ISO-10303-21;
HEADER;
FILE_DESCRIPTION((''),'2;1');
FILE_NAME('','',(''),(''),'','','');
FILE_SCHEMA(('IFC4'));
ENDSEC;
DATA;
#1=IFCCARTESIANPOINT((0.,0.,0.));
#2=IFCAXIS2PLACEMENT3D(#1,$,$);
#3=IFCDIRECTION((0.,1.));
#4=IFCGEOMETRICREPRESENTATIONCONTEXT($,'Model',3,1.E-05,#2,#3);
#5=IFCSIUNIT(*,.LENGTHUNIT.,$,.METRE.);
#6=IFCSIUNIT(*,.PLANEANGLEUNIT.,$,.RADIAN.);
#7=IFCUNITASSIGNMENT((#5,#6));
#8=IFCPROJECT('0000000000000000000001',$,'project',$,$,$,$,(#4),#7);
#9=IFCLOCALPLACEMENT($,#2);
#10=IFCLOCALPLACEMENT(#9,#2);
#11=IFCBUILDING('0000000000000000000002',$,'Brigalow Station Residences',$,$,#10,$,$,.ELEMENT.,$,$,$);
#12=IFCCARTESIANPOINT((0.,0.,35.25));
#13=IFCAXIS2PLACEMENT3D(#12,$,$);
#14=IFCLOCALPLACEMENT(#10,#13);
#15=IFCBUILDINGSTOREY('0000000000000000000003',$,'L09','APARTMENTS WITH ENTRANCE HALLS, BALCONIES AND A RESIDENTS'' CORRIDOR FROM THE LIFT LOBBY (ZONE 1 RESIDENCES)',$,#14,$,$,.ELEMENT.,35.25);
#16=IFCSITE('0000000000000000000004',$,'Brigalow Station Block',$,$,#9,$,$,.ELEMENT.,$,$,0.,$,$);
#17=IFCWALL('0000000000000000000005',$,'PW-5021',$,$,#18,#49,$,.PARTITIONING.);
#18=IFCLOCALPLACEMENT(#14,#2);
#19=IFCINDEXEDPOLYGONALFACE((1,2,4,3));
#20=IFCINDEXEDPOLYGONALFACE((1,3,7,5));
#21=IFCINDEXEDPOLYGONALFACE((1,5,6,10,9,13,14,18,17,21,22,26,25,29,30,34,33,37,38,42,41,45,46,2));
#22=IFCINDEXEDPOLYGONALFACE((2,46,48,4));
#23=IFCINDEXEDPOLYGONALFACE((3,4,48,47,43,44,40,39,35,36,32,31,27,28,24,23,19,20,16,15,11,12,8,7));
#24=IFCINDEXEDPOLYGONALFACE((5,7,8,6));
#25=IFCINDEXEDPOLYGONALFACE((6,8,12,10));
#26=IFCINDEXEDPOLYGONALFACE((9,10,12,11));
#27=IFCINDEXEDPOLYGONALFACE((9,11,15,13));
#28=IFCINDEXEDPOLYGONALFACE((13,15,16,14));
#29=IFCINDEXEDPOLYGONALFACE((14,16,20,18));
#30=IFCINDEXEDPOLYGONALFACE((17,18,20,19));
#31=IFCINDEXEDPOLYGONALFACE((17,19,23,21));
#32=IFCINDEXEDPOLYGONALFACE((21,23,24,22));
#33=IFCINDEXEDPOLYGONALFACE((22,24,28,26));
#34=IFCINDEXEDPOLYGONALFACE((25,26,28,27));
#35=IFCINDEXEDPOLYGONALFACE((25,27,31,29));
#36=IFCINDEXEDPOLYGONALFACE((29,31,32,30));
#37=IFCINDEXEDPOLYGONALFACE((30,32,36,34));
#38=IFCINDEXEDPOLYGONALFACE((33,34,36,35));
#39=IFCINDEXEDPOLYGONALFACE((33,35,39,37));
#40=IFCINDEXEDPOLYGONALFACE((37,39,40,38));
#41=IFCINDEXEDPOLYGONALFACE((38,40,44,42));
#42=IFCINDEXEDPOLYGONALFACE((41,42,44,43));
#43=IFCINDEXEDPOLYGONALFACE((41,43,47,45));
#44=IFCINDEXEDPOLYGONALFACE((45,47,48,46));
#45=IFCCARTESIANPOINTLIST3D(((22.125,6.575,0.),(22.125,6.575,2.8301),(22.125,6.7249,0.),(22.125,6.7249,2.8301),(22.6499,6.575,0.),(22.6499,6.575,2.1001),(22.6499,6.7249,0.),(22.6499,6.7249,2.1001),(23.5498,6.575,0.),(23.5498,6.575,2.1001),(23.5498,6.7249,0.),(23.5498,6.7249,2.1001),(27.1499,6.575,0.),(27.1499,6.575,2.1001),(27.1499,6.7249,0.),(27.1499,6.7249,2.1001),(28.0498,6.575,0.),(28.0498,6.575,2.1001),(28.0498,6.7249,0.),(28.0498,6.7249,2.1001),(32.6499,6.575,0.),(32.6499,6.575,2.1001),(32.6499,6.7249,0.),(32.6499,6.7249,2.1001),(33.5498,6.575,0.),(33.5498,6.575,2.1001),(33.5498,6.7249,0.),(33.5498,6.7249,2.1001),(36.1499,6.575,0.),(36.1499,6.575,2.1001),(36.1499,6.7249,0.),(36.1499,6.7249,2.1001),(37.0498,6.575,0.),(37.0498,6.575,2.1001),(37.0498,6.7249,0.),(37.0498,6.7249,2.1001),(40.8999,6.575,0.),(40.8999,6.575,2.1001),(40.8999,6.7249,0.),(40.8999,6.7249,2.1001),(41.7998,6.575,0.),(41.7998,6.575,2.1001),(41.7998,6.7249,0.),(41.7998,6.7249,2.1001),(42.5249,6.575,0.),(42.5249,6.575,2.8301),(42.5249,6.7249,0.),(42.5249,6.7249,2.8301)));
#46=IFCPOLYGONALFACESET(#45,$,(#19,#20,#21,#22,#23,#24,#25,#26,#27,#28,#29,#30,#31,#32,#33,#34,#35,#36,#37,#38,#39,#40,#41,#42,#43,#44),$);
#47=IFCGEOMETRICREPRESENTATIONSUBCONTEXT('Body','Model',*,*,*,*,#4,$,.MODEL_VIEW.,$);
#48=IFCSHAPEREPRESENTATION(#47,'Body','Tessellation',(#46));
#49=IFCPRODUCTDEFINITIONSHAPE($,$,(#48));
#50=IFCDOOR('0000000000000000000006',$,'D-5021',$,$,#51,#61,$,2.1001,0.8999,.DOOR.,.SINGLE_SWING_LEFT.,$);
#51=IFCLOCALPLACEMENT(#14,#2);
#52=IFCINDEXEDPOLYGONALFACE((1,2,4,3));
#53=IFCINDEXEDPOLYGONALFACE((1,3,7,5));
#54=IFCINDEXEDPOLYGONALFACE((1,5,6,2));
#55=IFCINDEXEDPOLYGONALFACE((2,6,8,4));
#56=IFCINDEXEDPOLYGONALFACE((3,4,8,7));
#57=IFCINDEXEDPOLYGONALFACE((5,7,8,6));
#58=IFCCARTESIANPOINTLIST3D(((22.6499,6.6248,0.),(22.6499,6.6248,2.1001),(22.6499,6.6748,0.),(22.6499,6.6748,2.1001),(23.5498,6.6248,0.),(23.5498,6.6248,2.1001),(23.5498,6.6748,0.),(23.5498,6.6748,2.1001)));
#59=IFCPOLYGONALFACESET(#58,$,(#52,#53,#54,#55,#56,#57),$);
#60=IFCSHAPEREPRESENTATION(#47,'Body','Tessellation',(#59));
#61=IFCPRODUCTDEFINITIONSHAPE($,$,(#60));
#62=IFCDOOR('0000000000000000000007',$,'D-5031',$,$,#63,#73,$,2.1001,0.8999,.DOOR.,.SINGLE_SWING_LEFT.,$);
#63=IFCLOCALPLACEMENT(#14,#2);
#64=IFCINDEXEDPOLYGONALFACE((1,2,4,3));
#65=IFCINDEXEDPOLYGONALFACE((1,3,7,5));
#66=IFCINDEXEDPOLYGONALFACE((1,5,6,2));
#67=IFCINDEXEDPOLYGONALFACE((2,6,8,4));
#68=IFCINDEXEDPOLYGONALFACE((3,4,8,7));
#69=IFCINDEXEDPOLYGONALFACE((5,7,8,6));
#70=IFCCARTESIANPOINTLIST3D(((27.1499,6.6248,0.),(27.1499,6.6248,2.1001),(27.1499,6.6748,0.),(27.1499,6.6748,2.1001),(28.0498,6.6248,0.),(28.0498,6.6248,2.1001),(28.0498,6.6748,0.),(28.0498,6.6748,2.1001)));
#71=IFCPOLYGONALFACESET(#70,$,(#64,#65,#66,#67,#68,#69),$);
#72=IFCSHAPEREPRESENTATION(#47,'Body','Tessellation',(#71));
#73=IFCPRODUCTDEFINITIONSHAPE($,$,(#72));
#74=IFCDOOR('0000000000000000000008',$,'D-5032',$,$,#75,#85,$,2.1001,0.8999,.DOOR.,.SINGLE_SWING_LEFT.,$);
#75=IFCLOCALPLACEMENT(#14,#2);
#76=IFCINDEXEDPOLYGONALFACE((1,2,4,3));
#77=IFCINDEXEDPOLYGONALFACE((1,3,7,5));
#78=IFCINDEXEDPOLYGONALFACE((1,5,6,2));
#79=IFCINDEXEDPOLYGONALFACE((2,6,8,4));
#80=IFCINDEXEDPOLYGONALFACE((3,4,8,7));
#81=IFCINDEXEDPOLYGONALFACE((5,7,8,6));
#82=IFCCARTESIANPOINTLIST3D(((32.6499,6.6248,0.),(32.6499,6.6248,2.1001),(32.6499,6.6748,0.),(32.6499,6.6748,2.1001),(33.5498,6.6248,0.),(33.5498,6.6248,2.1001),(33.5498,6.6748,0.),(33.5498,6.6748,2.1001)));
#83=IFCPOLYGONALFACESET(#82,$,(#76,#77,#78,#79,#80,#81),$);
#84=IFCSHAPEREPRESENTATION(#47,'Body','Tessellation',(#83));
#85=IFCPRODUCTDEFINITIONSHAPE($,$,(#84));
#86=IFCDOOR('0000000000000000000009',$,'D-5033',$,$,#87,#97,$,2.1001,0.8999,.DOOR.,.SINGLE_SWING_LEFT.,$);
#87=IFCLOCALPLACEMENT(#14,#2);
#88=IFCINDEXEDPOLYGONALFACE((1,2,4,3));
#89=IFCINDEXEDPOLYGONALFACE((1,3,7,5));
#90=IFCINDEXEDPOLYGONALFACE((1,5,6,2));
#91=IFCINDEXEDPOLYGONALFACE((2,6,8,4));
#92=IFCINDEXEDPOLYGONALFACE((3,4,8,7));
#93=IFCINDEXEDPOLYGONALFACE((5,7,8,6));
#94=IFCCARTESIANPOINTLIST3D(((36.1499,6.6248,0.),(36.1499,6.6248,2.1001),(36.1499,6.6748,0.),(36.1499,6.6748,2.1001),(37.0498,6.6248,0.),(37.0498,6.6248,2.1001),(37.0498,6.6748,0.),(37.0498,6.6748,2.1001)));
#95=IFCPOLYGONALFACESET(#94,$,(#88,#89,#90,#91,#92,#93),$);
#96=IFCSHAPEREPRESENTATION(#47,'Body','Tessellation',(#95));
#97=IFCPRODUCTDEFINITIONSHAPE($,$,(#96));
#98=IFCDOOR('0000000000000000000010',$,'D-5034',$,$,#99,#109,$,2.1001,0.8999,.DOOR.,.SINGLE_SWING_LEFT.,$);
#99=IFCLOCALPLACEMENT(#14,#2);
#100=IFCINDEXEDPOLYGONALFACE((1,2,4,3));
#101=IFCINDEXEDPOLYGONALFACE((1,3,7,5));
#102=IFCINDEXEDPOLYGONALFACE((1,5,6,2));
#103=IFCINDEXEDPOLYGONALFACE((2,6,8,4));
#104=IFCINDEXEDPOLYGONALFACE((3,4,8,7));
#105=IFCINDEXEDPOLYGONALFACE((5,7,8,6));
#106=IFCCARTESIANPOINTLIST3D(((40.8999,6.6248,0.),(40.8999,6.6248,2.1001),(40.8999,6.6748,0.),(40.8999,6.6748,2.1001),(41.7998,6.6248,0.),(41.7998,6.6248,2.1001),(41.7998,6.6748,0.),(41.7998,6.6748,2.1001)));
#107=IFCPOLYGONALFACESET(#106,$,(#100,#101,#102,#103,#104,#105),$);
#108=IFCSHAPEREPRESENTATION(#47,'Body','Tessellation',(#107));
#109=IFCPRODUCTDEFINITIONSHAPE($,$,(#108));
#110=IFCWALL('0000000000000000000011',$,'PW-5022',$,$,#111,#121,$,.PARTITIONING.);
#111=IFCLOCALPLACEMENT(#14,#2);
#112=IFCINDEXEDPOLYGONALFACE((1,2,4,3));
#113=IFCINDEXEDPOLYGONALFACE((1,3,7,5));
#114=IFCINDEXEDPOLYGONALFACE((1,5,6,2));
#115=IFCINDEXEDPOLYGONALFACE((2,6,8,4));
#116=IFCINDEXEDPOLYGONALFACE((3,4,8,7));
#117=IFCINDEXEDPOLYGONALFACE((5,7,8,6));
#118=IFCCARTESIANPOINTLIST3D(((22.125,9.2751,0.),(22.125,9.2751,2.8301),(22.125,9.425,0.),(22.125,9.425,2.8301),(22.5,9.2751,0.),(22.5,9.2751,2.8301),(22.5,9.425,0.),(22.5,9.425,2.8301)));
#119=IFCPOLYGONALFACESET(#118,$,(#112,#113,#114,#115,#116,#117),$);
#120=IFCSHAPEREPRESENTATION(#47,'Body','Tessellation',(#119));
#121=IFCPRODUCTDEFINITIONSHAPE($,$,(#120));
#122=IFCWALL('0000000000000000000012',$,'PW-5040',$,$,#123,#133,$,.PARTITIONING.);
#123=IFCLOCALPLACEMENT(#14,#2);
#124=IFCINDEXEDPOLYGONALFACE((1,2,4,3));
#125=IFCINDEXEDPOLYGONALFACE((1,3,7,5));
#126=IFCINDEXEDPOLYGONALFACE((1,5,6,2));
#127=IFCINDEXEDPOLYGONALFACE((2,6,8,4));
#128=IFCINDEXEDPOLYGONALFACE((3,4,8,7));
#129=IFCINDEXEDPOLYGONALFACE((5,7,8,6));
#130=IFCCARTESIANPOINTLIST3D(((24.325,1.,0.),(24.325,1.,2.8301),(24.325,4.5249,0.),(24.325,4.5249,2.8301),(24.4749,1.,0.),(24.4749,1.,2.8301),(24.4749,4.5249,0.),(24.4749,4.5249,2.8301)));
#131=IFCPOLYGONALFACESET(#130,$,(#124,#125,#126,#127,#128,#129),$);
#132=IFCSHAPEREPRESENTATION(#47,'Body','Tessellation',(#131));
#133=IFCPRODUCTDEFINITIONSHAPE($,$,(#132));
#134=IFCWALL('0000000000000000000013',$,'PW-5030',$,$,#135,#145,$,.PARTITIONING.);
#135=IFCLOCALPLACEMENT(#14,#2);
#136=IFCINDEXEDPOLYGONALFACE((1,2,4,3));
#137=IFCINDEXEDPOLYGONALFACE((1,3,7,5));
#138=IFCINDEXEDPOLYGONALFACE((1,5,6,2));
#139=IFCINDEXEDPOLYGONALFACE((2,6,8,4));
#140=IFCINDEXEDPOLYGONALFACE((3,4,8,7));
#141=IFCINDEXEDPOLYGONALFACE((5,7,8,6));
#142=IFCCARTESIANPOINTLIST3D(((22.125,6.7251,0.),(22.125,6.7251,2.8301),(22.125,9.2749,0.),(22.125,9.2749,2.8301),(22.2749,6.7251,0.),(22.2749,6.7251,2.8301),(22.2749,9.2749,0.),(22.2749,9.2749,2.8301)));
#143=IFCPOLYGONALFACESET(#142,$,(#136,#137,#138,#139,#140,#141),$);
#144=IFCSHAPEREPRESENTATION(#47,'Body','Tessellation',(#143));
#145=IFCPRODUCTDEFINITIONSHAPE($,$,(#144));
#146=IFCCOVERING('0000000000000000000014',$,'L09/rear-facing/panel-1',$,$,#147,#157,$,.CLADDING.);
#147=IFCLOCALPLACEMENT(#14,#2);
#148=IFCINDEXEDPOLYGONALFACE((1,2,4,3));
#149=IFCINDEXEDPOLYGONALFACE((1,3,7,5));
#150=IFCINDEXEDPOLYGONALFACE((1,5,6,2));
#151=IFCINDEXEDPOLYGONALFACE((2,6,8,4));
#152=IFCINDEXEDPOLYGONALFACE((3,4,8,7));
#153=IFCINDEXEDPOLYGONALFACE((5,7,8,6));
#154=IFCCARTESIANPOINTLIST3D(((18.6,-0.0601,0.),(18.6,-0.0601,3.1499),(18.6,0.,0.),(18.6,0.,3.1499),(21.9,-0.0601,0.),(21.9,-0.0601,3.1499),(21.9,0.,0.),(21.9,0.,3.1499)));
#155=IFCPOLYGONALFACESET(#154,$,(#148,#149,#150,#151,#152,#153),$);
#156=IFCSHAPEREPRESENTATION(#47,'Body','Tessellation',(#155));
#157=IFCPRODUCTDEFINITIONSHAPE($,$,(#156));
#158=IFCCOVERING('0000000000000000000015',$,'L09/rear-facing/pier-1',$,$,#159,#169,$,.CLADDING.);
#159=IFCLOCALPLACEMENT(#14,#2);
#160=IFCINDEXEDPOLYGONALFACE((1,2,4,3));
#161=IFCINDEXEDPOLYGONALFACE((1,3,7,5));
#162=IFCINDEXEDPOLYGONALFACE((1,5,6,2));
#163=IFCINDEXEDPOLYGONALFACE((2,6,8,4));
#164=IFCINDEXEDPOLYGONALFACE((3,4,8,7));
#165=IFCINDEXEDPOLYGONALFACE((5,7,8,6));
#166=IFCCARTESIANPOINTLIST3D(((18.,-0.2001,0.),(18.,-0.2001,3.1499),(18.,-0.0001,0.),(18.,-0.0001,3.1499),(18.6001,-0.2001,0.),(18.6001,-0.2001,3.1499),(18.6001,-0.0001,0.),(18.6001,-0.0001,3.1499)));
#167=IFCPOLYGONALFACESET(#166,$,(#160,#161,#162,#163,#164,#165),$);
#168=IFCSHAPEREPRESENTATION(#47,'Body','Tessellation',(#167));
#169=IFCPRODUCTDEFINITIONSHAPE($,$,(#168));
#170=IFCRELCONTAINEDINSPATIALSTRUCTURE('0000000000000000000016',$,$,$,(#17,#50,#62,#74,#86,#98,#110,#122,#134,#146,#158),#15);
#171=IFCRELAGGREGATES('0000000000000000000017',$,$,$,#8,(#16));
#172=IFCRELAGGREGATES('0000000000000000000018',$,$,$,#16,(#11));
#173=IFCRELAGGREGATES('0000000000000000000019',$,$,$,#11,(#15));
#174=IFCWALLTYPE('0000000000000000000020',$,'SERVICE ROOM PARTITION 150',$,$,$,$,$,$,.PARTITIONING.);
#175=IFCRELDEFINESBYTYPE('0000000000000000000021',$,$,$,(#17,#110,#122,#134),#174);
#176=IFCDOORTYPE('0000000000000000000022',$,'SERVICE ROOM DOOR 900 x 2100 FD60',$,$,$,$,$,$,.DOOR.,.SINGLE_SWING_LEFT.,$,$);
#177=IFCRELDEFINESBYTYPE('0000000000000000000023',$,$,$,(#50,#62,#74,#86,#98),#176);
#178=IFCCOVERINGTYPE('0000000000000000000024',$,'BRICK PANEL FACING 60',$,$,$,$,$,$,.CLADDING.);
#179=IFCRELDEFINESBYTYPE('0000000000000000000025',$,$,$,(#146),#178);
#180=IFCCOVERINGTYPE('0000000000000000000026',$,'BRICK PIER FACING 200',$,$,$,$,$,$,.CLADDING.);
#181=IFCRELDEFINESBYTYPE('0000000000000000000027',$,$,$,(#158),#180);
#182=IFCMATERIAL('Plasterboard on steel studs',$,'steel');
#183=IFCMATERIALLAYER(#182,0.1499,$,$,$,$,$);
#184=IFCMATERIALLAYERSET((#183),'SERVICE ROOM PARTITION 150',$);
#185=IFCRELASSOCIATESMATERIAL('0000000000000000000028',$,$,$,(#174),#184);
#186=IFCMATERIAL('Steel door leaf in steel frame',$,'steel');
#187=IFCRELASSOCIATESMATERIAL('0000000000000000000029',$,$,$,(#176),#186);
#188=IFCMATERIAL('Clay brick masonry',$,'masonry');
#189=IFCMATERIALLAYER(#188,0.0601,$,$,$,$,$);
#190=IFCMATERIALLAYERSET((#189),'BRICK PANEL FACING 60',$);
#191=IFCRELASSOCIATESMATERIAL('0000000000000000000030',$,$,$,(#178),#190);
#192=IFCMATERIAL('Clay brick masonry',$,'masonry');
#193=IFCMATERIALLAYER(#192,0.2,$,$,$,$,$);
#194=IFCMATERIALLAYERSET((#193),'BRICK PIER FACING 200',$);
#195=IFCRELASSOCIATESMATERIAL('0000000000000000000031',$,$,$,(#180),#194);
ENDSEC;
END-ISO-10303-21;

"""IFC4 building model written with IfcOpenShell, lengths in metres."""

from ifc_helpers import new_model, si_unit, direction, frame, frame_2d, origin, origin_2d, place, context, subcontext, project, spatial, rectangle, extrude, material, layer, layer_set, type_object, element, fill, save


model = new_model("IFC4")

# Units and contexts
model_context = context("Model", 3, precision=1e-05, world=origin(), true_north=direction((0.0, 1.0)))
body_context = subcontext(model_context, "Body", "Model", "MODEL_VIEW")
ifc_project = project(units=[si_unit("LENGTHUNIT", "METRE"), si_unit("PLANEANGLEUNIT", "RADIAN")], contexts=[model_context])

# Site, building, storey
site_placement = place(None, origin())
site = spatial("IfcSite", under=ifc_project, at=site_placement, Name="Brigalow Station Block", CompositionType="ELEMENT", RefElevation=0.0)
building_placement = place(site_placement, origin())
building = spatial("IfcBuilding", under=site, at=building_placement, Name="Brigalow Station Residences", CompositionType="ELEMENT")
storey_placement = place(building_placement, frame((0.0, 0.0, 35.25)))
storey = spatial("IfcBuildingStorey", under=building, at=storey_placement, Name="L09", Description="APARTMENTS WITH ENTRANCE HALLS, BALCONIES AND A RESIDENTS' CORRIDOR FROM THE LIFT LOBBY (ZONE 1 RESIDENCES)", CompositionType="ELEMENT", Elevation=35.25)

# Wall, openings, doors
ifc_material_1 = material(Name="Plasterboard on steel studs", Category="steel")
ifc_layer_1 = layer(ifc_material_1, 0.1499)
ifc_layer_set_1 = layer_set([ifc_layer_1], Name="SERVICE ROOM PARTITION 150")
wall_type_1 = type_object("IfcWallType", Name="SERVICE ROOM PARTITION 150", PredefinedType="PARTITIONING", material=ifc_layer_set_1)
ifc_material_2 = material(Name="Steel door leaf in steel frame", Category="steel")
door_type = type_object("IfcDoorType", Name="SERVICE ROOM DOOR 900 x 2100 FD60", OperationType="SINGLE_SWING_LEFT", PredefinedType="DOOR", material=ifc_material_2)
wall_1_placement = place(storey_placement, frame((22.125, 6.6499, 0.0), z_axis=(0.0, 0.0, 1.0), x_axis=(1.0, 0.0, 0.0)))
wall_1 = element("IfcWall", 1, at=wall_1_placement, inside=storey, type_object=wall_type_1, Name="PW-5021", PredefinedType="PARTITIONING", context=body_context, shape_type="SweptSolid", body=[
    extrude(rectangle(XDim=20.3999, YDim=0.1499, at=frame_2d((10.2, 0.0))), origin(), (0.0, 0.0, 1.0), 2.8301),
])
opening_1_placement = place(wall_1_placement, frame((0.5249, 0.0, 0.0)))
opening_1 = element("IfcOpeningElement", 2, at=opening_1_placement, cuts=wall_1, PredefinedType="OPENING", context=body_context, shape_type="SweptSolid", body=[
    extrude(rectangle(XDim=0.8999, YDim=2.1001, at=frame_2d((0.45, 1.05))), frame((0.0, 0.085, 0.0), z_axis=(0.0, -1.0, 0.0), x_axis=(1.0, 0.0, 0.0)), (0.0, 0.0, 1.0), 0.1699),
])
opening_2_placement = place(wall_1_placement, frame((5.0249, 0.0, 0.0)))
opening_2 = element("IfcOpeningElement", 3, at=opening_2_placement, cuts=wall_1, PredefinedType="OPENING", context=body_context, shape_type="SweptSolid", body=[
    extrude(rectangle(XDim=0.8999, YDim=2.1001, at=frame_2d((0.45, 1.05))), frame((0.0, 0.085, 0.0), z_axis=(0.0, -1.0, 0.0), x_axis=(1.0, 0.0, 0.0)), (0.0, 0.0, 1.0), 0.1699),
])
opening_3_placement = place(wall_1_placement, frame((10.5249, 0.0, 0.0)))
opening_3 = element("IfcOpeningElement", 4, at=opening_3_placement, cuts=wall_1, PredefinedType="OPENING", context=body_context, shape_type="SweptSolid", body=[
    extrude(rectangle(XDim=0.8999, YDim=2.1001, at=frame_2d((0.45, 1.05))), frame((0.0, 0.085, 0.0), z_axis=(0.0, -1.0, 0.0), x_axis=(1.0, 0.0, 0.0)), (0.0, 0.0, 1.0), 0.1699),
])
opening_4_placement = place(wall_1_placement, frame((14.0249, 0.0, 0.0)))
opening_4 = element("IfcOpeningElement", 5, at=opening_4_placement, cuts=wall_1, PredefinedType="OPENING", context=body_context, shape_type="SweptSolid", body=[
    extrude(rectangle(XDim=0.8999, YDim=2.1001, at=frame_2d((0.45, 1.05))), frame((0.0, 0.085, 0.0), z_axis=(0.0, -1.0, 0.0), x_axis=(1.0, 0.0, 0.0)), (0.0, 0.0, 1.0), 0.1699),
])
opening_5_placement = place(wall_1_placement, frame((18.7749, 0.0, 0.0)))
opening_5 = element("IfcOpeningElement", 6, at=opening_5_placement, cuts=wall_1, PredefinedType="OPENING", context=body_context, shape_type="SweptSolid", body=[
    extrude(rectangle(XDim=0.8999, YDim=2.1001, at=frame_2d((0.45, 1.05))), frame((0.0, 0.085, 0.0), z_axis=(0.0, -1.0, 0.0), x_axis=(1.0, 0.0, 0.0)), (0.0, 0.0, 1.0), 0.1699),
])
door_1_placement = place(opening_1_placement, origin())
door_1 = element("IfcDoor", 7, at=door_1_placement, inside=storey, type_object=door_type, Name="D-5021", OperationType="SINGLE_SWING_LEFT", OverallHeight=2.1001, OverallWidth=0.8999, PredefinedType="DOOR", context=body_context, shape_type="SweptSolid", body=[
    extrude(rectangle(XDim=0.8999, YDim=2.1001, at=frame_2d((0.45, 1.05))), frame((0.0, 0.0249, 0.0), z_axis=(0.0, -1.0, 0.0), x_axis=(1.0, 0.0, 0.0)), (0.0, 0.0, 1.0), 0.05),
])
fill(opening_1, door_1)
door_2_placement = place(opening_2_placement, origin())
door_2 = element("IfcDoor", 8, at=door_2_placement, inside=storey, type_object=door_type, Name="D-5031", OperationType="SINGLE_SWING_LEFT", OverallHeight=2.1001, OverallWidth=0.8999, PredefinedType="DOOR", context=body_context, shape_type="SweptSolid", body=[
    extrude(rectangle(XDim=0.8999, YDim=2.1001, at=frame_2d((0.45, 1.05))), frame((0.0, 0.0249, 0.0), z_axis=(0.0, -1.0, 0.0), x_axis=(1.0, 0.0, 0.0)), (0.0, 0.0, 1.0), 0.05),
])
fill(opening_2, door_2)
door_3_placement = place(opening_3_placement, origin())
door_3 = element("IfcDoor", 9, at=door_3_placement, inside=storey, type_object=door_type, Name="D-5032", OperationType="SINGLE_SWING_LEFT", OverallHeight=2.1001, OverallWidth=0.8999, PredefinedType="DOOR", context=body_context, shape_type="SweptSolid", body=[
    extrude(rectangle(XDim=0.8999, YDim=2.1001, at=frame_2d((0.45, 1.05))), frame((0.0, 0.0249, 0.0), z_axis=(0.0, -1.0, 0.0), x_axis=(1.0, 0.0, 0.0)), (0.0, 0.0, 1.0), 0.05),
])
fill(opening_3, door_3)
door_4_placement = place(opening_4_placement, origin())
door_4 = element("IfcDoor", 10, at=door_4_placement, inside=storey, type_object=door_type, Name="D-5033", OperationType="SINGLE_SWING_LEFT", OverallHeight=2.1001, OverallWidth=0.8999, PredefinedType="DOOR", context=body_context, shape_type="SweptSolid", body=[
    extrude(rectangle(XDim=0.8999, YDim=2.1001, at=frame_2d((0.45, 1.05))), frame((0.0, 0.0249, 0.0), z_axis=(0.0, -1.0, 0.0), x_axis=(1.0, 0.0, 0.0)), (0.0, 0.0, 1.0), 0.05),
])
fill(opening_4, door_4)
door_5_placement = place(opening_5_placement, origin())
door_5 = element("IfcDoor", 11, at=door_5_placement, inside=storey, type_object=door_type, Name="D-5034", OperationType="SINGLE_SWING_LEFT", OverallHeight=2.1001, OverallWidth=0.8999, PredefinedType="DOOR", context=body_context, shape_type="SweptSolid", body=[
    extrude(rectangle(XDim=0.8999, YDim=2.1001, at=frame_2d((0.45, 1.05))), frame((0.0, 0.0249, 0.0), z_axis=(0.0, -1.0, 0.0), x_axis=(1.0, 0.0, 0.0)), (0.0, 0.0, 1.0), 0.05),
])
fill(opening_5, door_5)

# Walls
wall_2_placement = place(storey_placement, frame((22.125, 9.3501, 0.0), z_axis=(0.0, 0.0, 1.0), x_axis=(1.0, 0.0, 0.0)))
element("IfcWall", 12, at=wall_2_placement, inside=storey, type_object=wall_type_1, Name="PW-5022", PredefinedType="PARTITIONING", context=body_context, shape_type="SweptSolid", body=[
    extrude(rectangle(XDim=0.375, YDim=0.1499, at=frame_2d((0.1875, 0.0))), origin(), (0.0, 0.0, 1.0), 2.8301),
])
wall_3_placement = place(storey_placement, frame((24.3999, 1.0, 0.0), z_axis=(0.0, 0.0, 1.0), x_axis=(0.0, 1.0, 0.0)))
element("IfcWall", 13, at=wall_3_placement, inside=storey, type_object=wall_type_1, Name="PW-5040", PredefinedType="PARTITIONING", context=body_context, shape_type="SweptSolid", body=[
    extrude(rectangle(XDim=3.5249, YDim=0.1499, at=frame_2d((1.7625, 0.0))), origin(), (0.0, 0.0, 1.0), 2.8301),
])
wall_4_placement = place(storey_placement, frame((22.2, 6.7251, 0.0), z_axis=(0.0, 0.0, 1.0), x_axis=(0.0, 1.0, 0.0)))
element("IfcWall", 14, at=wall_4_placement, inside=storey, type_object=wall_type_1, Name="PW-5030", PredefinedType="PARTITIONING", context=body_context, shape_type="SweptSolid", body=[
    extrude(rectangle(XDim=2.5498, YDim=0.1499, at=frame_2d((1.2749, 0.0))), origin(), (0.0, 0.0, 1.0), 2.8301),
])

# Coverings
ifc_material_3 = material(Name="Clay brick masonry", Category="masonry")
ifc_layer_2 = layer(ifc_material_3, 0.0601)
ifc_layer_set_2 = layer_set([ifc_layer_2], Name="BRICK PANEL FACING 60")
covering_type_1 = type_object("IfcCoveringType", Name="BRICK PANEL FACING 60", PredefinedType="CLADDING", material=ifc_layer_set_2)
covering_1_placement = place(storey_placement, frame((20.25, -0.03, 0.0), z_axis=(0.0, 0.0, 1.0), x_axis=(1.0, 0.0, 0.0)))
element("IfcCovering", 15, at=covering_1_placement, inside=storey, type_object=covering_type_1, Name="L09/rear-facing/panel-1", PredefinedType="CLADDING", context=body_context, shape_type="SweptSolid", body=[
    extrude(rectangle(XDim=3.3, YDim=0.0601, at=origin_2d()), origin(), (0.0, 0.0, 1.0), 3.1499),
])
ifc_material_4 = material(Name="Clay brick masonry", Category="masonry")
ifc_layer_3 = layer(ifc_material_4, 0.2)
ifc_layer_set_3 = layer_set([ifc_layer_3], Name="BRICK PIER FACING 200")
covering_type_2 = type_object("IfcCoveringType", Name="BRICK PIER FACING 200", PredefinedType="CLADDING", material=ifc_layer_set_3)
covering_2_placement = place(storey_placement, frame((18.3, -0.1001, 0.0), z_axis=(0.0, 0.0, 1.0), x_axis=(1.0, 0.0, 0.0)))
element("IfcCovering", 16, at=covering_2_placement, inside=storey, type_object=covering_type_2, Name="L09/rear-facing/pier-1", PredefinedType="CLADDING", context=body_context, shape_type="SweptSolid", body=[
    extrude(rectangle(XDim=0.6001, YDim=0.2, at=origin_2d()), origin(), (0.0, 0.0, 1.0), 3.1499),
])

save(model, "model.ifc")
